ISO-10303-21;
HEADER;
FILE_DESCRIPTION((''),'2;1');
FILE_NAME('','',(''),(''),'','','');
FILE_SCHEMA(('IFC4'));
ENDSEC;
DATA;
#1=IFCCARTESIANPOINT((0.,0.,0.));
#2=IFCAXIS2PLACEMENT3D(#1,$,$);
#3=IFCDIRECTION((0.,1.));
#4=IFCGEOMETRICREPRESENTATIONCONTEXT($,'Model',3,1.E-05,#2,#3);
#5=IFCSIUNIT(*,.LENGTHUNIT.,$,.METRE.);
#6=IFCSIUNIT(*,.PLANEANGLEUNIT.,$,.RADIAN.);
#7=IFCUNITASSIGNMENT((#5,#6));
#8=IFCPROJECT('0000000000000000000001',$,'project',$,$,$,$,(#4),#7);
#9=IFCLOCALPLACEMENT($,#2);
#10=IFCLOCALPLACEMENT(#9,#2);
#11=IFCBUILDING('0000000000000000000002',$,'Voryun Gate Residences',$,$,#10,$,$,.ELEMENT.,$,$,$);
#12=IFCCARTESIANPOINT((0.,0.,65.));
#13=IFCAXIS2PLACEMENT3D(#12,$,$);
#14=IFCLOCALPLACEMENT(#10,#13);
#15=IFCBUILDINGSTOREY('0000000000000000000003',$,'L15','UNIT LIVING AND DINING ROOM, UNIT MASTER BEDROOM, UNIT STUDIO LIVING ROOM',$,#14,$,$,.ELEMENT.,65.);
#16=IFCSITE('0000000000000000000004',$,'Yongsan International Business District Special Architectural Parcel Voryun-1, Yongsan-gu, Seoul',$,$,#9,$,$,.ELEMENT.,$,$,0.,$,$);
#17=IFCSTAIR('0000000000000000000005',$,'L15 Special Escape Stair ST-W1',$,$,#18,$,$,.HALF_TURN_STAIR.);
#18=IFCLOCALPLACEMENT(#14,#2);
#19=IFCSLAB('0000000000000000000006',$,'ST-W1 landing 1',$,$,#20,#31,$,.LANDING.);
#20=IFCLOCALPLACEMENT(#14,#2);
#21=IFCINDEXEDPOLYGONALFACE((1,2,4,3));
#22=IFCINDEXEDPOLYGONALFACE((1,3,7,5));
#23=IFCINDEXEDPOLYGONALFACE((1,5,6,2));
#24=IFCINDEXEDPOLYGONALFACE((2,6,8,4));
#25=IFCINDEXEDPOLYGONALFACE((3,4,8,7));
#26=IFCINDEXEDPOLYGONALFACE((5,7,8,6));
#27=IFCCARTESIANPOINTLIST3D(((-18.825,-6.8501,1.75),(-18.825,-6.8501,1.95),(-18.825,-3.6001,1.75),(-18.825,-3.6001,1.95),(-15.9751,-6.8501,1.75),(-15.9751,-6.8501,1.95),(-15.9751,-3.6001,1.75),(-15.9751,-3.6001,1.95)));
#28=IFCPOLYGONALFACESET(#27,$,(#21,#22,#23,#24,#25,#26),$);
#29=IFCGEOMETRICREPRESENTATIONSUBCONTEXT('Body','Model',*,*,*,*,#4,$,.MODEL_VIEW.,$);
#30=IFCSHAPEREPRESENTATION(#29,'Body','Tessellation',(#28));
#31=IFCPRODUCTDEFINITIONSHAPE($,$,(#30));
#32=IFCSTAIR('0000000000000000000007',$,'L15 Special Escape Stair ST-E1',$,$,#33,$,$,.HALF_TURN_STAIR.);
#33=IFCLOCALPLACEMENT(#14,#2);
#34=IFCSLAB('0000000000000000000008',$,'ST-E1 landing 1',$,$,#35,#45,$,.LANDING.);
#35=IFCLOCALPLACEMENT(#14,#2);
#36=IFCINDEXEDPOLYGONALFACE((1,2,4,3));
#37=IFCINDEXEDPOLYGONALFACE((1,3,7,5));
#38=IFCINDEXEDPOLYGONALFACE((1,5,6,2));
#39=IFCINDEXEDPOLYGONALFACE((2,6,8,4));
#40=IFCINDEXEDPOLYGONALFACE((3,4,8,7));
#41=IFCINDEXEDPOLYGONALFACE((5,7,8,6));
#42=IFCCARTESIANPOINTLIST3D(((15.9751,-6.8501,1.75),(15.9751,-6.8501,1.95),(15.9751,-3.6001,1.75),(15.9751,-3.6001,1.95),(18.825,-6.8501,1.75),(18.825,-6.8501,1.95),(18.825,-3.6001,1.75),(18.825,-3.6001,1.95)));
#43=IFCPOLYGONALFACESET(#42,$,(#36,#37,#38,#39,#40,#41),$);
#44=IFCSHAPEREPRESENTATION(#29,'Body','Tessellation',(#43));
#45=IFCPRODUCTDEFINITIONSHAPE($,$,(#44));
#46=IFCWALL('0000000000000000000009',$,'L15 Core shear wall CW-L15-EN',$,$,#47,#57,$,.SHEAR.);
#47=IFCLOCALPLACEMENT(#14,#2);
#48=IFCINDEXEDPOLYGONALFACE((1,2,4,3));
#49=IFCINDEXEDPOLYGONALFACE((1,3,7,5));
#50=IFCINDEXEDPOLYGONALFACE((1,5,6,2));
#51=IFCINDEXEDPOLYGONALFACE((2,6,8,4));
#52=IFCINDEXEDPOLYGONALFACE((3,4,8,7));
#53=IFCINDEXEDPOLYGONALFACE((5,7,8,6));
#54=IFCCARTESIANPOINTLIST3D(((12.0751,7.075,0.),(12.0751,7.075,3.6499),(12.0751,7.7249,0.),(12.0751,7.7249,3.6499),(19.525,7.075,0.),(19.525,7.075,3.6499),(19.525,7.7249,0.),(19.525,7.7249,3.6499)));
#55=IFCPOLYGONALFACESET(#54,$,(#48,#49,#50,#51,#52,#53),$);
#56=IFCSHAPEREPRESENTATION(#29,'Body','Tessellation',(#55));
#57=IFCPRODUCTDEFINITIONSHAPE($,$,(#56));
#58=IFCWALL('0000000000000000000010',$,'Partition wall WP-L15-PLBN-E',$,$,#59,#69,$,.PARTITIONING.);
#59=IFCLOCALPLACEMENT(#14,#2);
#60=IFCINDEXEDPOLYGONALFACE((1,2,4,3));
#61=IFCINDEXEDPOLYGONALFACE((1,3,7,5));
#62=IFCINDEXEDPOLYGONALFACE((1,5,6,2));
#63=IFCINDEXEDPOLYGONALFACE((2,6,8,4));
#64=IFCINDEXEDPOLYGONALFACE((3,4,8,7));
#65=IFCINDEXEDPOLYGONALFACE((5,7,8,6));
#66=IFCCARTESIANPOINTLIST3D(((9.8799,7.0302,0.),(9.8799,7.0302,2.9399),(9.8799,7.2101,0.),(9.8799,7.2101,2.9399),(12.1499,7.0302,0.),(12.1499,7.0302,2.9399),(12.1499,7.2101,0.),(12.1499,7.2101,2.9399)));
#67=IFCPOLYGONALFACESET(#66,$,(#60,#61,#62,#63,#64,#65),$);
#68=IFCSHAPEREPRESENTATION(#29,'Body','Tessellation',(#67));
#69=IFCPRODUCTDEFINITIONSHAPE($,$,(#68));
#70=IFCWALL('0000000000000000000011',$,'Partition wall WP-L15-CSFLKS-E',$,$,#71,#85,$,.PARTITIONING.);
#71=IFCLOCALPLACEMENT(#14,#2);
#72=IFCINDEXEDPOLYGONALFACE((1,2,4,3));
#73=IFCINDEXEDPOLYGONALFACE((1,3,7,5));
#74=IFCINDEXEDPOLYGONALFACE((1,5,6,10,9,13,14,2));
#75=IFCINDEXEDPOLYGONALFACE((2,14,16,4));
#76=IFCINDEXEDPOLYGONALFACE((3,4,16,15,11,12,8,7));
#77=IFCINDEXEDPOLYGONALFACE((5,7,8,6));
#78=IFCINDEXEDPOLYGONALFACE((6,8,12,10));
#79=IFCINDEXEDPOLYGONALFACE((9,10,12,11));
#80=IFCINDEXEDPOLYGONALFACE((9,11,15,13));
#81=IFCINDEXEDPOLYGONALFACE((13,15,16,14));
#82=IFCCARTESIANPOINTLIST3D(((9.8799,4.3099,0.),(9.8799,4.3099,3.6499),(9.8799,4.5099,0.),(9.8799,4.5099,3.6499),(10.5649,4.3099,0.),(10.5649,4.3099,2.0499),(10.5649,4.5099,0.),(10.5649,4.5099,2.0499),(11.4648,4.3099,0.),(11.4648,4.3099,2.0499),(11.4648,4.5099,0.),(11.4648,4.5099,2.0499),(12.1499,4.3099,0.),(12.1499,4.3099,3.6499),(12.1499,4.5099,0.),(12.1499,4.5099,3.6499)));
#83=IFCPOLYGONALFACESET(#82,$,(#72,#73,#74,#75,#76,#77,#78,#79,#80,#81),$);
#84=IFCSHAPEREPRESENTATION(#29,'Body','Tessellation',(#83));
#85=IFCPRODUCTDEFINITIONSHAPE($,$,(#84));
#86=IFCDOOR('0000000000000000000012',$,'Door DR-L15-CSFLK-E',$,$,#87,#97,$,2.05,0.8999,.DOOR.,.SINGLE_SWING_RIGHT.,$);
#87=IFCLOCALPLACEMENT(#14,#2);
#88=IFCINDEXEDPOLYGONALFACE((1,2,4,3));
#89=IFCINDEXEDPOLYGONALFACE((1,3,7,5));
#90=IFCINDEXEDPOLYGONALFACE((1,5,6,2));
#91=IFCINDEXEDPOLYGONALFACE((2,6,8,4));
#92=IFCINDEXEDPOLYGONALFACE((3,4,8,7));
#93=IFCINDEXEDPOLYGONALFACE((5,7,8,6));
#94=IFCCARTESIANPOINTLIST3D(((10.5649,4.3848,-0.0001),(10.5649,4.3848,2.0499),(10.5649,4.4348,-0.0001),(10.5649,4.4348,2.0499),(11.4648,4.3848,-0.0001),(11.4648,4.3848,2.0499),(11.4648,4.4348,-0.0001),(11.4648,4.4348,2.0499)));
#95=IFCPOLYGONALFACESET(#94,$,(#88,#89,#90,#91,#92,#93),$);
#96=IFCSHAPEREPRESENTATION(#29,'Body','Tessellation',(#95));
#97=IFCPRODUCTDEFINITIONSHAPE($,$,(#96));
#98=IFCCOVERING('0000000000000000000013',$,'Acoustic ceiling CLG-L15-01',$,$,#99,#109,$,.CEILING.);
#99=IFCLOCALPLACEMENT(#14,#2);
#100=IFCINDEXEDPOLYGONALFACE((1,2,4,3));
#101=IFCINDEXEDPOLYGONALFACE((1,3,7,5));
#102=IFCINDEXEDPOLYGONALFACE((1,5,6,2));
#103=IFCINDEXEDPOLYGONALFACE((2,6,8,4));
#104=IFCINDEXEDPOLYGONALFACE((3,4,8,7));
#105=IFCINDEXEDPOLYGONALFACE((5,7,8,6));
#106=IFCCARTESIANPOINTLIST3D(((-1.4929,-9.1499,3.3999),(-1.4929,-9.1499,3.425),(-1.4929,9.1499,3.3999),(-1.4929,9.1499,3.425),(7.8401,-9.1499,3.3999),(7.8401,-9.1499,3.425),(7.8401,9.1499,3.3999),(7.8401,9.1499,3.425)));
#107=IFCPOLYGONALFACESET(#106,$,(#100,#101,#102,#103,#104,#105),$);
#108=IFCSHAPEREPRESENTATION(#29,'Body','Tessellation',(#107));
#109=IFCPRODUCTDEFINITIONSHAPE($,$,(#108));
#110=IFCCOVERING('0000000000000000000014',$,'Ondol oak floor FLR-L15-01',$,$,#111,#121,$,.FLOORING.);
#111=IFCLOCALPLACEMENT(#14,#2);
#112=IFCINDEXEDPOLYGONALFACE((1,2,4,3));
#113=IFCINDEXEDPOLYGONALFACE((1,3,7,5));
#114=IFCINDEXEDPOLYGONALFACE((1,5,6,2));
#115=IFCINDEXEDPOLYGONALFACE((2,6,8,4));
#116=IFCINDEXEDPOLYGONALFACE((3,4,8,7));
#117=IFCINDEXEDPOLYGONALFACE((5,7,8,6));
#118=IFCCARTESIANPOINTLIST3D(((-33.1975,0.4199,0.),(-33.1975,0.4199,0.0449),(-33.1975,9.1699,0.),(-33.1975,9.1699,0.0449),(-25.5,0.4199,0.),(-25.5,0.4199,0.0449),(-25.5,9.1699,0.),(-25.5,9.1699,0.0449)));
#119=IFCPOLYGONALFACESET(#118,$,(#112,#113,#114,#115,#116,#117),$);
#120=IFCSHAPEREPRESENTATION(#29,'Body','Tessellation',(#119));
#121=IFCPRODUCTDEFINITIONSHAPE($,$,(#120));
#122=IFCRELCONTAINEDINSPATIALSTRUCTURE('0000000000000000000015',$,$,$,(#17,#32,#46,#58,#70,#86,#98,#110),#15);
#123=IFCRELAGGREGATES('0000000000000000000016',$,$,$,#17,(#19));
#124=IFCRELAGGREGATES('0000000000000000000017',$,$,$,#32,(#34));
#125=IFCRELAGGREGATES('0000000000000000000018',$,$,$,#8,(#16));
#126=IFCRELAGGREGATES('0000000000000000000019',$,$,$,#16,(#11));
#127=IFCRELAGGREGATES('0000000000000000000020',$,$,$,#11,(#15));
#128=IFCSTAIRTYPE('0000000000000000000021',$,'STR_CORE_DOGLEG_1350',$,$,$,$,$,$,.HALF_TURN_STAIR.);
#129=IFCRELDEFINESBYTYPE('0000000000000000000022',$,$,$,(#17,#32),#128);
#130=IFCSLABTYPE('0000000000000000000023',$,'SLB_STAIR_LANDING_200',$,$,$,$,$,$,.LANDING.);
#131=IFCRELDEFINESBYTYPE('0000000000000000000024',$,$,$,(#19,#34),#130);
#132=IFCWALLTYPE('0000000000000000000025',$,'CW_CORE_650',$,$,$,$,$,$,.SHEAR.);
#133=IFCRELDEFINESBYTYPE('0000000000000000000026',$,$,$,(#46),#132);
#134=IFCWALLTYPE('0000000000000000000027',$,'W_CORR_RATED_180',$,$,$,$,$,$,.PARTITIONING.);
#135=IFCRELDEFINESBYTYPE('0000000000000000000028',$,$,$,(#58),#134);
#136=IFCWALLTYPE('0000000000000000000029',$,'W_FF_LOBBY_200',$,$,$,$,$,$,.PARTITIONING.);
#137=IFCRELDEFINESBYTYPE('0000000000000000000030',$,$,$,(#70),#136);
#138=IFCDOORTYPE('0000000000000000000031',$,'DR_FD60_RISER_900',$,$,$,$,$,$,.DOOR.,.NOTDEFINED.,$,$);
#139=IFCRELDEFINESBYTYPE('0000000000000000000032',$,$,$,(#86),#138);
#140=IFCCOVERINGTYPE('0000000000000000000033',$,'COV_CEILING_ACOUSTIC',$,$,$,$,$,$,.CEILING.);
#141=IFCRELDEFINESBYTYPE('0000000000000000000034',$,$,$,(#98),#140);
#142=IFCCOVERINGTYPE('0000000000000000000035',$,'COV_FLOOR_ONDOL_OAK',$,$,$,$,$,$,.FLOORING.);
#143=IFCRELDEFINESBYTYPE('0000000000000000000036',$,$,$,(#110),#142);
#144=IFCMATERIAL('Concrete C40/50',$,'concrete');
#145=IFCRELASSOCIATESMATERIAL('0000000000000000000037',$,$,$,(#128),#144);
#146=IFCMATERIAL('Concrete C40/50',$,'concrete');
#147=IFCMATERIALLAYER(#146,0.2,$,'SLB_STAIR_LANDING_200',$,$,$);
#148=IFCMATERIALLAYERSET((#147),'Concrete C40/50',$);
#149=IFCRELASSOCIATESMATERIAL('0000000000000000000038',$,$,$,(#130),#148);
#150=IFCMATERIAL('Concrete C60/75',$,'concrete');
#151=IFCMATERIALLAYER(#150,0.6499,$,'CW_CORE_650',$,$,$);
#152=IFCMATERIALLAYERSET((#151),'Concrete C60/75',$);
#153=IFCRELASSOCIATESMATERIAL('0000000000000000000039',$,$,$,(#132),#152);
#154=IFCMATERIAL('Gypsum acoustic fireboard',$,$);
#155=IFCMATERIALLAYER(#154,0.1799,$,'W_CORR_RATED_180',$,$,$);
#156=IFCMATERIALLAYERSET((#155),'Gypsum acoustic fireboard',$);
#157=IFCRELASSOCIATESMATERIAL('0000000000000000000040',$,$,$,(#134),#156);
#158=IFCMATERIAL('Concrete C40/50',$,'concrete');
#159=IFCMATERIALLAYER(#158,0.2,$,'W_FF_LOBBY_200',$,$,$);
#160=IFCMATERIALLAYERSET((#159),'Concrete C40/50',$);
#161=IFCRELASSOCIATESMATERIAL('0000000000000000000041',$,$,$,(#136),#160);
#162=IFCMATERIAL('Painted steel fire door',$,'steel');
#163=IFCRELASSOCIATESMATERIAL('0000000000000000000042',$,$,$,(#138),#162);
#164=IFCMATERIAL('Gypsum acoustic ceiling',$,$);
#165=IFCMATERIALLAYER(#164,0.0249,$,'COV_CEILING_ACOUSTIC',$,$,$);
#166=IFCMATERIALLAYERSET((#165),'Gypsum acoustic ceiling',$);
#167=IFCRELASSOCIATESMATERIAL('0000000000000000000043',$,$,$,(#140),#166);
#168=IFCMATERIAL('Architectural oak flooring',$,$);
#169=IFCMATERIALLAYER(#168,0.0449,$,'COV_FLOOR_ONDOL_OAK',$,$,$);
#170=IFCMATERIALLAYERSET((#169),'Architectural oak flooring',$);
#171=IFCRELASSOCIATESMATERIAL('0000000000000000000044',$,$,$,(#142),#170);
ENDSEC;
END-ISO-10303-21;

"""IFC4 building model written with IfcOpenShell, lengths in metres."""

from ifc_helpers import new_model, si_unit, direction, frame, frame_2d, origin, place, context, subcontext, project, spatial, polyline, rectangle, outline, extrude, material, layer, layer_set, type_object, element, fill, aggregate, save


model = new_model("IFC4")

# Units and contexts
model_context = context("Model", 3, precision=1e-05, world=origin(), true_north=direction((0.0, 1.0)))
body_context = subcontext(model_context, "Body", "Model", "MODEL_VIEW")
ifc_project = project(units=[si_unit("LENGTHUNIT", "METRE"), si_unit("PLANEANGLEUNIT", "RADIAN")], contexts=[model_context])

# Site, building, storey
site_placement = place(None, origin())
site = spatial("IfcSite", under=ifc_project, at=site_placement, Name="Yongsan International Business District Special Architectural Parcel Voryun-1, Yongsan-gu, Seoul", CompositionType="ELEMENT", RefElevation=0.0)
building_placement = place(site_placement, origin())
building = spatial("IfcBuilding", under=site, at=building_placement, Name="Voryun Gate Residences", CompositionType="ELEMENT")
storey_placement = place(building_placement, frame((0.0, 0.0, 65.0)))
storey = spatial("IfcBuildingStorey", under=building, at=storey_placement, Name="L15", Description="UNIT LIVING AND DINING ROOM, UNIT MASTER BEDROOM, UNIT STUDIO LIVING ROOM", CompositionType="ELEMENT", Elevation=65.0)

# Stairs, slabs
ifc_material_1 = material(Name="Concrete C40/50", Category="concrete")
stair_type = type_object("IfcStairType", Name="STR_CORE_DOGLEG_1350", PredefinedType="HALF_TURN_STAIR", material=ifc_material_1)
stair_1_placement = place(storey_placement, origin())
stair_1 = element("IfcStair", 1, at=stair_1_placement, inside=storey, type_object=stair_type, Name="L15 Special Escape Stair ST-W1", PredefinedType="HALF_TURN_STAIR")
ifc_material_2 = material(Name="Concrete C40/50", Category="concrete")
ifc_layer_1 = layer(ifc_material_2, 0.2, Name="SLB_STAIR_LANDING_200")
ifc_layer_set_1 = layer_set([ifc_layer_1], Name="Concrete C40/50")
slab_type_1 = type_object("IfcSlabType", Name="SLB_STAIR_LANDING_200", PredefinedType="LANDING", material=ifc_layer_set_1)
slab_1_placement = place(storey_placement, frame((0.0, 0.0, 1.75)))
slab_1 = element("IfcSlab", 2, at=slab_1_placement, type_object=slab_type_1, Name="ST-W1 landing 1", PredefinedType="LANDING", context=body_context, shape_type="SweptSolid", body=[
    extrude(outline(polyline([(-18.825, -3.6001), (-18.825, -6.8501), (-15.9751, -6.8501), (-15.9751, -3.6001), (-18.825, -3.6001)])), origin(), (0.0, 0.0, 1.0), 0.2),
])
aggregate(stair_1, [slab_1])
stair_2_placement = place(storey_placement, origin())
stair_2 = element("IfcStair", 3, at=stair_2_placement, inside=storey, type_object=stair_type, Name="L15 Special Escape Stair ST-E1", PredefinedType="HALF_TURN_STAIR")
slab_2_placement = place(storey_placement, frame((0.0, 0.0, 1.75)))
slab_2 = element("IfcSlab", 4, at=slab_2_placement, type_object=slab_type_1, Name="ST-E1 landing 1", PredefinedType="LANDING", context=body_context, shape_type="SweptSolid", body=[
    extrude(outline(polyline([(15.9751, -3.6001), (15.9751, -6.8501), (18.825, -6.8501), (18.825, -3.6001), (15.9751, -3.6001)])), origin(), (0.0, 0.0, 1.0), 0.2),
])
aggregate(stair_2, [slab_2])

# Walls
ifc_material_3 = material(Name="Concrete C60/75", Category="concrete")
ifc_layer_2 = layer(ifc_material_3, 0.6499, Name="CW_CORE_650")
ifc_layer_set_2 = layer_set([ifc_layer_2], Name="Concrete C60/75")
wall_type_1 = type_object("IfcWallType", Name="CW_CORE_650", PredefinedType="SHEAR", material=ifc_layer_set_2)
wall_1_placement = place(storey_placement, frame((12.075, 7.3999, 0.0), z_axis=(0.0, 0.0, 1.0), x_axis=(1.0, 0.0, 0.0)))
element("IfcWall", 5, at=wall_1_placement, inside=storey, type_object=wall_type_1, Name="L15 Core shear wall CW-L15-EN", PredefinedType="SHEAR", context=body_context, shape_type="SweptSolid", body=[
    extrude(rectangle(XDim=7.45, YDim=0.6499, at=frame_2d((3.7251, 0.0))), origin(), (0.0, 0.0, 1.0), 3.6499),
])
ifc_material_4 = material(Name="Gypsum acoustic fireboard")
ifc_layer_3 = layer(ifc_material_4, 0.1799, Name="W_CORR_RATED_180")
ifc_layer_set_3 = layer_set([ifc_layer_3], Name="Gypsum acoustic fireboard")
wall_type_2 = type_object("IfcWallType", Name="W_CORR_RATED_180", PredefinedType="PARTITIONING", material=ifc_layer_set_3)
wall_2_placement = place(storey_placement, frame((9.8799, 7.1201, 0.0), z_axis=(0.0, 0.0, 1.0), x_axis=(1.0, 0.0, 0.0)))
element("IfcWall", 6, at=wall_2_placement, inside=storey, type_object=wall_type_2, Name="Partition wall WP-L15-PLBN-E", PredefinedType="PARTITIONING", context=body_context, shape_type="SweptSolid", body=[
    extrude(rectangle(XDim=2.27, YDim=0.1799, at=frame_2d((1.135, 0.0))), origin(), (0.0, 0.0, 1.0), 2.9399),
])

# Wall, opening, door
ifc_material_5 = material(Name="Concrete C40/50", Category="concrete")
ifc_layer_4 = layer(ifc_material_5, 0.2, Name="W_FF_LOBBY_200")
ifc_layer_set_4 = layer_set([ifc_layer_4], Name="Concrete C40/50")
wall_type_3 = type_object("IfcWallType", Name="W_FF_LOBBY_200", PredefinedType="PARTITIONING", material=ifc_layer_set_4)
wall_3_placement = place(storey_placement, frame((9.8799, 4.4099, 0.0), z_axis=(0.0, 0.0, 1.0), x_axis=(1.0, 0.0, 0.0)))
wall_3 = element("IfcWall", 7, at=wall_3_placement, inside=storey, type_object=wall_type_3, Name="Partition wall WP-L15-CSFLKS-E", PredefinedType="PARTITIONING", context=body_context, shape_type="SweptSolid", body=[
    extrude(rectangle(XDim=2.27, YDim=0.2, at=frame_2d((1.135, 0.0))), origin(), (0.0, 0.0, 1.0), 3.6499),
])
opening_placement = place(wall_3_placement, frame((0.6851, 0.0, 0.0)))
opening = element("IfcOpeningElement", 8, at=opening_placement, cuts=wall_3, PredefinedType="OPENING", context=body_context, shape_type="SweptSolid", body=[
    extrude(rectangle(XDim=0.8999, YDim=2.05, at=frame_2d((0.45, 1.0249))), frame((0.0, 0.1101, 0.0), z_axis=(0.0, -1.0, 0.0), x_axis=(1.0, 0.0, 0.0)), (0.0, 0.0, 1.0), 0.22),
])
ifc_material_6 = material(Name="Painted steel fire door", Category="steel")
door_type = type_object("IfcDoorType", Name="DR_FD60_RISER_900", OperationType="NOTDEFINED", PredefinedType="DOOR", material=ifc_material_6)
door_placement = place(opening_placement, origin())
door = element("IfcDoor", 9, at=door_placement, inside=storey, type_object=door_type, Name="Door DR-L15-CSFLK-E", OperationType="SINGLE_SWING_RIGHT", OverallHeight=2.05, OverallWidth=0.8999, PredefinedType="DOOR", context=body_context, shape_type="SweptSolid", body=[
    extrude(rectangle(XDim=0.8999, YDim=2.05, at=frame_2d((0.45, 1.0249))), frame((0.0, 0.0249, 0.0), z_axis=(0.0, -1.0, 0.0), x_axis=(1.0, 0.0, 0.0)), (0.0, 0.0, 1.0), 0.05),
])
fill(opening, door)

# Coverings
ifc_material_7 = material(Name="Gypsum acoustic ceiling")
ifc_layer_5 = layer(ifc_material_7, 0.0249, Name="COV_CEILING_ACOUSTIC")
ifc_layer_set_5 = layer_set([ifc_layer_5], Name="Gypsum acoustic ceiling")
covering_type_1 = type_object("IfcCoveringType", Name="COV_CEILING_ACOUSTIC", PredefinedType="CEILING", material=ifc_layer_set_5)
covering_1_placement = place(storey_placement, frame((0.0, 0.0, 3.3999)))
element("IfcCovering", 10, at=covering_1_placement, inside=storey, type_object=covering_type_1, Name="Acoustic ceiling CLG-L15-01", PredefinedType="CEILING", context=body_context, shape_type="SweptSolid", body=[
    extrude(outline(polyline([(-1.4929, 9.1499), (7.8401, 9.1499), (7.8401, -9.1499), (-1.4929, -9.1499), (-1.4929, 9.1499)])), origin(), (0.0, 0.0, 1.0), 0.0251),
])
ifc_material_8 = material(Name="Architectural oak flooring")
ifc_layer_6 = layer(ifc_material_8, 0.0449, Name="COV_FLOOR_ONDOL_OAK")
ifc_layer_set_6 = layer_set([ifc_layer_6], Name="Architectural oak flooring")
covering_type_2 = type_object("IfcCoveringType", Name="COV_FLOOR_ONDOL_OAK", PredefinedType="FLOORING", material=ifc_layer_set_6)
covering_2_placement = place(storey_placement, origin())
element("IfcCovering", 11, at=covering_2_placement, inside=storey, type_object=covering_type_2, Name="Ondol oak floor FLR-L15-01", PredefinedType="FLOORING", context=body_context, shape_type="SweptSolid", body=[
    extrude(outline(polyline([(-25.5, 9.1699), (-25.5, 0.4199), (-33.1975, 0.4199), (-33.1975, 9.1699), (-25.5, 9.1699)])), origin(), (0.0, 0.0, 1.0), 0.0449),
])

save(model, "model.ifc")
